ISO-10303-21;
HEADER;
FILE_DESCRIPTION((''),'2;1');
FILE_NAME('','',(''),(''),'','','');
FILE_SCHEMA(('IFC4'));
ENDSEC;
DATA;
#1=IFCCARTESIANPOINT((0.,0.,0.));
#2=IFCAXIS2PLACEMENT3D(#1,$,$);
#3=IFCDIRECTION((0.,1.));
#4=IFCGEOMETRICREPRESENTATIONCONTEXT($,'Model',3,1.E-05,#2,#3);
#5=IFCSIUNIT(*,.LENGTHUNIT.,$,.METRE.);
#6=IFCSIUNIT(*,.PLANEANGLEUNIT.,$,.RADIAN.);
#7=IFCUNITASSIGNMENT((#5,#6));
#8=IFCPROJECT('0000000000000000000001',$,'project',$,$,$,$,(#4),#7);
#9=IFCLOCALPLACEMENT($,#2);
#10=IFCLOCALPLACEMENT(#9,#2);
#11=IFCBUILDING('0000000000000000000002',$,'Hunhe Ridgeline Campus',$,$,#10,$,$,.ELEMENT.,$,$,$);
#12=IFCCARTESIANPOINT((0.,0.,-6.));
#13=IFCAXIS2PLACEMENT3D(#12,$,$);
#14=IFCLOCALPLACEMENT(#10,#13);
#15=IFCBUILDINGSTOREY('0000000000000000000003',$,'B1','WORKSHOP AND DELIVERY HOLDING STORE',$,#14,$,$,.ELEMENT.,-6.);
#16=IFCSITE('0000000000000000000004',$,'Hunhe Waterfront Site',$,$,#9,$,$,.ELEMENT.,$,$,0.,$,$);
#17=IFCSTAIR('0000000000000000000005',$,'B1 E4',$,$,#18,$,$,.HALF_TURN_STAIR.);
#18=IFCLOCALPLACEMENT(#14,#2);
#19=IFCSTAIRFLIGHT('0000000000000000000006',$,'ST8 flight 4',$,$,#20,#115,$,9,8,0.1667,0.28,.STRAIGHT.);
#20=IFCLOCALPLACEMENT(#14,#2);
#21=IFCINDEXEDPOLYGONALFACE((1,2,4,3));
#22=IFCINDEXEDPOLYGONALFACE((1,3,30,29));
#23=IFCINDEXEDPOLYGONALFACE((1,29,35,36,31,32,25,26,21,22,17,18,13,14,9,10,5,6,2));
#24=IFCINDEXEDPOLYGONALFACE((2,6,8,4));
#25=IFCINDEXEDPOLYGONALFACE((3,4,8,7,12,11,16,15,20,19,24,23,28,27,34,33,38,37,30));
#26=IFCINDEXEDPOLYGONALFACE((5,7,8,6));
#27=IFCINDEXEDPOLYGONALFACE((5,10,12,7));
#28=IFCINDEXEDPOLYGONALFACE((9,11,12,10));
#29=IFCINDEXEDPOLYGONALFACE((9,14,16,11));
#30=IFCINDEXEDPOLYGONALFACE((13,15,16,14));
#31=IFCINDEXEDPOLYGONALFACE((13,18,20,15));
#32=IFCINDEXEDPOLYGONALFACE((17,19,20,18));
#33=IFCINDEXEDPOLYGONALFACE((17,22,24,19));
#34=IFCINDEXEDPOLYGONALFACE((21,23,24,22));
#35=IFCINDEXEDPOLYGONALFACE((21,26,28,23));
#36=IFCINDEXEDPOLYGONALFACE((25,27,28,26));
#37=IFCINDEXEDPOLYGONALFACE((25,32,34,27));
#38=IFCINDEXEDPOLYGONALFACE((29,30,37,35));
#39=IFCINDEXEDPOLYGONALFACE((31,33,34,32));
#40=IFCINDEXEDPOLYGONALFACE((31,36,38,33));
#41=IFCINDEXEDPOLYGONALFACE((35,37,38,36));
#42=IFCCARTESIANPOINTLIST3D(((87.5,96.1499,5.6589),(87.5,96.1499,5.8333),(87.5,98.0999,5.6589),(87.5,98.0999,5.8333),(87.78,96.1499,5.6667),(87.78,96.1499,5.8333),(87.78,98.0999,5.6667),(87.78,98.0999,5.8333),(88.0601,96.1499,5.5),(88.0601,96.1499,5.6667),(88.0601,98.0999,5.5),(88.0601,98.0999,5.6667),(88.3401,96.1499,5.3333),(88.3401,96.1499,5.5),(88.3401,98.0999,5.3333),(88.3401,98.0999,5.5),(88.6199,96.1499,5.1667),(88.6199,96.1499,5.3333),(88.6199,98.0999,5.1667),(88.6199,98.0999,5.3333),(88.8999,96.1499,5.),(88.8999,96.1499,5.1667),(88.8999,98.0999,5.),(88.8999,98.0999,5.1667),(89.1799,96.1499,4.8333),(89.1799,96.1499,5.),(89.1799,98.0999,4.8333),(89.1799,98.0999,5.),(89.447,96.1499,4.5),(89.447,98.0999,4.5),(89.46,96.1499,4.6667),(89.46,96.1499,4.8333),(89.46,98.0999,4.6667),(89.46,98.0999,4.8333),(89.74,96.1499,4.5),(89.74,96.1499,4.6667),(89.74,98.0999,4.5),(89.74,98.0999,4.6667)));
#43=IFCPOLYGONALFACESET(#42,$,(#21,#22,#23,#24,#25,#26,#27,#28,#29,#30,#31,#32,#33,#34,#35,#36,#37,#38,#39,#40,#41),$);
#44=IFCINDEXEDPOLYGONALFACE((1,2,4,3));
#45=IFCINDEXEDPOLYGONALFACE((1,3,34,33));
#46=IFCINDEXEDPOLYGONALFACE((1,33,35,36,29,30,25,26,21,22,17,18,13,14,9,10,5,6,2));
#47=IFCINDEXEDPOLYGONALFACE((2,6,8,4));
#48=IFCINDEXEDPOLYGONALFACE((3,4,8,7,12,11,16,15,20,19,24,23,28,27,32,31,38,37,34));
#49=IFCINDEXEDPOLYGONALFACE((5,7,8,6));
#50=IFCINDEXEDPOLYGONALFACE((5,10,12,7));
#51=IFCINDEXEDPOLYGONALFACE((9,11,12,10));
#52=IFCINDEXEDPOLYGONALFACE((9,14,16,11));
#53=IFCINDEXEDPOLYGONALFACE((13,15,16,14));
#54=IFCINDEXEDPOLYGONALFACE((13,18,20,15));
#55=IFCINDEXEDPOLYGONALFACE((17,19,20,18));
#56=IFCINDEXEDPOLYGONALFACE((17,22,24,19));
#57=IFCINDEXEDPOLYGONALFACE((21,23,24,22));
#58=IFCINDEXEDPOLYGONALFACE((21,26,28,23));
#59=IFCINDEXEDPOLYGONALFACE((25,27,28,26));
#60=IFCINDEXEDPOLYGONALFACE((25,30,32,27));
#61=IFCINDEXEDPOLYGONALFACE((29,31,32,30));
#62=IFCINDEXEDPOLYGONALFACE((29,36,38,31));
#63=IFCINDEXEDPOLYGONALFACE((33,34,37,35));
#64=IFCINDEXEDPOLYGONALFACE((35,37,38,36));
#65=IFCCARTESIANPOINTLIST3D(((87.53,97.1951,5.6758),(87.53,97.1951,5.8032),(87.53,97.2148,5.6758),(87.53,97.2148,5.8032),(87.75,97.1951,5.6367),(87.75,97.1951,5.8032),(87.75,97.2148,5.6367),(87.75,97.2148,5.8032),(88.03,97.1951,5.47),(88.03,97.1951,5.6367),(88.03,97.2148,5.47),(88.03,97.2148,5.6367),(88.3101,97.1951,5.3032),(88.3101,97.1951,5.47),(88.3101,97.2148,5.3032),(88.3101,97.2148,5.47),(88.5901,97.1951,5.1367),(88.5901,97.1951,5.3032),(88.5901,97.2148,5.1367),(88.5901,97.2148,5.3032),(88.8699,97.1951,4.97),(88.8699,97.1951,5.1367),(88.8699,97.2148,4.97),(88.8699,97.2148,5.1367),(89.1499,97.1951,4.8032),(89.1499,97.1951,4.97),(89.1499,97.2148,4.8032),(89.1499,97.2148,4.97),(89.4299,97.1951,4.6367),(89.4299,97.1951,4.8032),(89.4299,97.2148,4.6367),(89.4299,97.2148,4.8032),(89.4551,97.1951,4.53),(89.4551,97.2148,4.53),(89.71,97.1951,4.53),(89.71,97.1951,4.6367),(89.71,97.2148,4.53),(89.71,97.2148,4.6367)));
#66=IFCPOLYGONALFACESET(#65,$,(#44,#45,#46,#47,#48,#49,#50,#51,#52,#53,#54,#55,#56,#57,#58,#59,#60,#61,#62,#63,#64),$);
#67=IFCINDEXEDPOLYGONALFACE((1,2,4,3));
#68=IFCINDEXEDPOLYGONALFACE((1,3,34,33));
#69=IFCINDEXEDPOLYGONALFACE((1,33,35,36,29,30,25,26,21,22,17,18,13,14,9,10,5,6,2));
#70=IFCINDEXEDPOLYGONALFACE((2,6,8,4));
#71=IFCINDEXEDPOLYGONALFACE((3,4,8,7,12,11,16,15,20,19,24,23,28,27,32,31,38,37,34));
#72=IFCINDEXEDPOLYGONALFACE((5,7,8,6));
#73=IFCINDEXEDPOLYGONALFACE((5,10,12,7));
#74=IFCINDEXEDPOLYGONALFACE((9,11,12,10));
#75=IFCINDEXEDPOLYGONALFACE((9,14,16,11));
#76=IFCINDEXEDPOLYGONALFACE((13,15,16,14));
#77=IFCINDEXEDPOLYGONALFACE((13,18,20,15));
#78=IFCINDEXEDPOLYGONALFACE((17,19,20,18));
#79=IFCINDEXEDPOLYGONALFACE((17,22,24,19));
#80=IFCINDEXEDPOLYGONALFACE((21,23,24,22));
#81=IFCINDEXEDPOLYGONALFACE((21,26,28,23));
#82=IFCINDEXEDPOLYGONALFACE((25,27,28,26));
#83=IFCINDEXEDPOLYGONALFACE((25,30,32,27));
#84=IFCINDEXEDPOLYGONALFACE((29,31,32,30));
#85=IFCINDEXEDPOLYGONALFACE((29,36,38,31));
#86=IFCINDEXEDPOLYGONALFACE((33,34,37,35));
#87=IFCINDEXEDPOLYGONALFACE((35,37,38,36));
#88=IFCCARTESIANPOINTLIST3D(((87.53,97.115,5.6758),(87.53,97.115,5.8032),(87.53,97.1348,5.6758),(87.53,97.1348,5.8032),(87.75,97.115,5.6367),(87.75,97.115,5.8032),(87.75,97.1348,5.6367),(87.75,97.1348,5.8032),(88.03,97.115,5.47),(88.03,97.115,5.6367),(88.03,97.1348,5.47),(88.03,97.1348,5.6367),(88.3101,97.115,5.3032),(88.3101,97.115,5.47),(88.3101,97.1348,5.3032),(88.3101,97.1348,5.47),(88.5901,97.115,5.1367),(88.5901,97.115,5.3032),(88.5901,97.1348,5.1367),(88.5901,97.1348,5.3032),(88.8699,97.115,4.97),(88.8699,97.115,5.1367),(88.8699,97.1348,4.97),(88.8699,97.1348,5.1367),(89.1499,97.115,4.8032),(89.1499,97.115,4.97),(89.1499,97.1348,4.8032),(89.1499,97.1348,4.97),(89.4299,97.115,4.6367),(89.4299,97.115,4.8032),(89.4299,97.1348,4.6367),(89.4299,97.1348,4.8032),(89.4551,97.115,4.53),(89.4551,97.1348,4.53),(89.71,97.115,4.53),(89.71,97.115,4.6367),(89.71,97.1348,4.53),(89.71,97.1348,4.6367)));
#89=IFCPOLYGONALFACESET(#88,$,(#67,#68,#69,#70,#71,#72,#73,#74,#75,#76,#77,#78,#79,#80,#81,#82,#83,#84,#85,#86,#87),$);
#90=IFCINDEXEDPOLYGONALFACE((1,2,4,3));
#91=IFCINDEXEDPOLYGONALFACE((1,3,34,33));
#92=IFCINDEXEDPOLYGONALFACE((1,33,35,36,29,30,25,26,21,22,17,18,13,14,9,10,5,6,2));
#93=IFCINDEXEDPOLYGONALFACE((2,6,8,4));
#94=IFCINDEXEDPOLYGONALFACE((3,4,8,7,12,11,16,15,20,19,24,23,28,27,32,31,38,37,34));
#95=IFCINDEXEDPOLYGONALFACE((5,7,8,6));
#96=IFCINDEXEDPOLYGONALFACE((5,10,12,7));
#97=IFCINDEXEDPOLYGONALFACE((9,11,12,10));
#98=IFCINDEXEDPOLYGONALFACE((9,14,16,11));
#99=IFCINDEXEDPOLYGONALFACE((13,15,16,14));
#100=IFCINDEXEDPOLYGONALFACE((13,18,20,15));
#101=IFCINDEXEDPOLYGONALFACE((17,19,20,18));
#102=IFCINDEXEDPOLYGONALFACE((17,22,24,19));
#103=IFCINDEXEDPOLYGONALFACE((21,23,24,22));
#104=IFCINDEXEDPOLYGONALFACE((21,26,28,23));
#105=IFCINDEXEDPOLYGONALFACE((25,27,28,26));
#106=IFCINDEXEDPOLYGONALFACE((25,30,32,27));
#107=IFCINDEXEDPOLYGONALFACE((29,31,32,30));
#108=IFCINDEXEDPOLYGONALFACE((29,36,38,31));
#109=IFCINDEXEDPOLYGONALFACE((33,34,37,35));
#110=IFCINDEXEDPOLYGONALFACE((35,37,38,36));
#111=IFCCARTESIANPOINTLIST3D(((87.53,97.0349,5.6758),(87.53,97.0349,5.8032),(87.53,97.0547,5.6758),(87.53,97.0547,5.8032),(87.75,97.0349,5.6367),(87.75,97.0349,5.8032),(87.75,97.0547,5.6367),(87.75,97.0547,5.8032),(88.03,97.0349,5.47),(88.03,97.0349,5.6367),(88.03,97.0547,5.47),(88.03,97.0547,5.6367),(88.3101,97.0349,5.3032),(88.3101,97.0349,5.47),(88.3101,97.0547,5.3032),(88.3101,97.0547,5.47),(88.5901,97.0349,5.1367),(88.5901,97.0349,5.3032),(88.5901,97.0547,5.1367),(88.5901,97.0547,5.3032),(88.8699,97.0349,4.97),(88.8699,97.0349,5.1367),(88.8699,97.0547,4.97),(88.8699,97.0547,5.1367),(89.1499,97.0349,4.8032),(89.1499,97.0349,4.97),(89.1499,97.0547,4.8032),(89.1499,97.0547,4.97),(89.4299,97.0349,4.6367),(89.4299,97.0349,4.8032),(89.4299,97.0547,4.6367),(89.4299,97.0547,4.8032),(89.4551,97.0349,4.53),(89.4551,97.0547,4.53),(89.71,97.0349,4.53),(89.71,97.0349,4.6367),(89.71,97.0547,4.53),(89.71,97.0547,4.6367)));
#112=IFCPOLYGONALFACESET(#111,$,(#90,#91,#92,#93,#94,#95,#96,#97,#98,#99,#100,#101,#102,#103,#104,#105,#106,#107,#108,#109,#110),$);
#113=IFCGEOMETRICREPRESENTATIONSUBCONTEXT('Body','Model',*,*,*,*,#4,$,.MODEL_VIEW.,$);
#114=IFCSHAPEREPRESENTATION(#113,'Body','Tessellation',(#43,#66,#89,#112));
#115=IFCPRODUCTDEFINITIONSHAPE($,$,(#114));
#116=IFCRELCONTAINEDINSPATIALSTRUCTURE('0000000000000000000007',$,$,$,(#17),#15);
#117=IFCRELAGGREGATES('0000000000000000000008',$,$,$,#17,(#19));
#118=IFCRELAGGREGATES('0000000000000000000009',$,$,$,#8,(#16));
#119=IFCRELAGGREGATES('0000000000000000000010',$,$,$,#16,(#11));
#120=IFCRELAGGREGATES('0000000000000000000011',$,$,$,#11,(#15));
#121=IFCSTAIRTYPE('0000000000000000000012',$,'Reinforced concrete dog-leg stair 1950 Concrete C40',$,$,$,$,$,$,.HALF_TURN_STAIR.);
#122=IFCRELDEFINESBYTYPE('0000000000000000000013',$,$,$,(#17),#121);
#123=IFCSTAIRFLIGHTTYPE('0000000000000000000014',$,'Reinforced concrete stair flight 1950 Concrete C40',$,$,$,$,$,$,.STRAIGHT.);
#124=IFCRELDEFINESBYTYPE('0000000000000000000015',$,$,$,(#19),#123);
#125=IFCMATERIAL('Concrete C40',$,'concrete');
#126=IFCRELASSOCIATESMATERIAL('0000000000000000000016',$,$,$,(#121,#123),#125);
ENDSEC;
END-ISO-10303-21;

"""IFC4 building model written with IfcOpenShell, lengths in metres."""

from ifc_helpers import new_model, si_unit, direction, frame, origin, place, context, subcontext, project, spatial, polyline, outline, extrude, material, type_object, element, aggregate, save


model = new_model("IFC4")

# Units and contexts
model_context = context("Model", 3, precision=1e-05, world=origin(), true_north=direction((0.0, 1.0)))
body_context = subcontext(model_context, "Body", "Model", "MODEL_VIEW")
ifc_project = project(units=[si_unit("LENGTHUNIT", "METRE"), si_unit("PLANEANGLEUNIT", "RADIAN")], contexts=[model_context])

# Site, building, storey
site_placement = place(None, origin())
site = spatial("IfcSite", under=ifc_project, at=site_placement, Name="Hunhe Waterfront Site", CompositionType="ELEMENT", RefElevation=0.0)
building_placement = place(site_placement, origin())
building = spatial("IfcBuilding", under=site, at=building_placement, Name="Hunhe Ridgeline Campus", CompositionType="ELEMENT")
storey_placement = place(building_placement, frame((0.0, 0.0, -6.0)))
storey = spatial("IfcBuildingStorey", under=building, at=storey_placement, Name="B1", Description="WORKSHOP AND DELIVERY HOLDING STORE", CompositionType="ELEMENT", Elevation=-6.0)

# Stair, stair flight
ifc_material_1 = material(Name="Concrete C40", Category="concrete")
stair_type = type_object("IfcStairType", Name="Reinforced concrete dog-leg stair 1950 Concrete C40", PredefinedType="HALF_TURN_STAIR", material=ifc_material_1)
stair_placement = place(storey_placement, origin())
stair = element("IfcStair", 1, at=stair_placement, inside=storey, type_object=stair_type, Name="B1 E4", PredefinedType="HALF_TURN_STAIR")
stair_flight_type = type_object("IfcStairFlightType", Name="Reinforced concrete stair flight 1950 Concrete C40", PredefinedType="STRAIGHT", material=ifc_material_1)
stair_flight_1_placement = place(storey_placement, frame((89.74, 97.125, 4.5), z_axis=(0.0, 0.0, 1.0), x_axis=(-1.0, 0.0, 0.0)))
stair_flight_1 = element("IfcStairFlight", 2, at=stair_flight_1_placement, type_object=stair_flight_type, Name="ST8 flight 4", NumberOfRisers=9, NumberOfTreads=8, PredefinedType="STRAIGHT", RiserHeight=0.1667, TreadLength=0.28, context=body_context, shape_type="SweptSolid", body=[
    extrude(outline(polyline([(0.0, 0.0), (0.0, 0.1667), (0.28, 0.1667), (0.28, 0.3333), (0.5601, 0.3333), (0.5601, 0.5), (0.8401, 0.5), (0.8401, 0.6667), (1.1201, 0.6667), (1.1201, 0.8333), (1.3999, 0.8333), (1.3999, 1.0), (1.6799, 1.0), (1.6799, 1.1667), (1.96, 1.1667), (1.96, 1.3333), (2.24, 1.3333), (2.24, 1.5), (2.24, 1.1589), (0.293, 0.0), (0.0, 0.0)])), frame((0.0, 0.9751, 0.0), z_axis=(0.0, -1.0, 0.0), x_axis=(1.0, 0.0, 0.0)), (0.0, 0.0, 1.0), 1.95),
    extrude(outline(polyline([(0.03, 0.03), (0.03, 0.1367), (0.3101, 0.1367), (0.3101, 0.3032), (0.5901, 0.3032), (0.5901, 0.47), (0.8701, 0.47), (0.8701, 0.6367), (1.1499, 0.6367), (1.1499, 0.8032), (1.4299, 0.8032), (1.4299, 0.97), (1.71, 0.97), (1.71, 1.1367), (1.99, 1.1367), (1.99, 1.3032), (2.21, 1.3032), (2.21, 1.1758), (0.2849, 0.03), (0.03, 0.03)])), frame((0.0, -0.0701, 0.0), z_axis=(0.0, -1.0, 0.0), x_axis=(1.0, 0.0, 0.0)), (0.0, 0.0, 1.0), 0.0198),
    extrude(outline(polyline([(0.03, 0.03), (0.03, 0.1367), (0.3101, 0.1367), (0.3101, 0.3032), (0.5901, 0.3032), (0.5901, 0.47), (0.8701, 0.47), (0.8701, 0.6367), (1.1499, 0.6367), (1.1499, 0.8032), (1.4299, 0.8032), (1.4299, 0.97), (1.71, 0.97), (1.71, 1.1367), (1.99, 1.1367), (1.99, 1.3032), (2.21, 1.3032), (2.21, 1.1758), (0.2849, 0.03), (0.03, 0.03)])), frame((0.0, 0.01, 0.0), z_axis=(0.0, -1.0, 0.0), x_axis=(1.0, 0.0, 0.0)), (0.0, 0.0, 1.0), 0.0198),
    extrude(outline(polyline([(0.03, 0.03), (0.03, 0.1367), (0.3101, 0.1367), (0.3101, 0.3032), (0.5901, 0.3032), (0.5901, 0.47), (0.8701, 0.47), (0.8701, 0.6367), (1.1499, 0.6367), (1.1499, 0.8032), (1.4299, 0.8032), (1.4299, 0.97), (1.71, 0.97), (1.71, 1.1367), (1.99, 1.1367), (1.99, 1.3032), (2.21, 1.3032), (2.21, 1.1758), (0.2849, 0.03), (0.03, 0.03)])), frame((0.0, 0.0901, 0.0), z_axis=(0.0, -1.0, 0.0), x_axis=(1.0, 0.0, 0.0)), (0.0, 0.0, 1.0), 0.0198),
])
aggregate(stair, [stair_flight_1])

save(model, "model.ifc")
